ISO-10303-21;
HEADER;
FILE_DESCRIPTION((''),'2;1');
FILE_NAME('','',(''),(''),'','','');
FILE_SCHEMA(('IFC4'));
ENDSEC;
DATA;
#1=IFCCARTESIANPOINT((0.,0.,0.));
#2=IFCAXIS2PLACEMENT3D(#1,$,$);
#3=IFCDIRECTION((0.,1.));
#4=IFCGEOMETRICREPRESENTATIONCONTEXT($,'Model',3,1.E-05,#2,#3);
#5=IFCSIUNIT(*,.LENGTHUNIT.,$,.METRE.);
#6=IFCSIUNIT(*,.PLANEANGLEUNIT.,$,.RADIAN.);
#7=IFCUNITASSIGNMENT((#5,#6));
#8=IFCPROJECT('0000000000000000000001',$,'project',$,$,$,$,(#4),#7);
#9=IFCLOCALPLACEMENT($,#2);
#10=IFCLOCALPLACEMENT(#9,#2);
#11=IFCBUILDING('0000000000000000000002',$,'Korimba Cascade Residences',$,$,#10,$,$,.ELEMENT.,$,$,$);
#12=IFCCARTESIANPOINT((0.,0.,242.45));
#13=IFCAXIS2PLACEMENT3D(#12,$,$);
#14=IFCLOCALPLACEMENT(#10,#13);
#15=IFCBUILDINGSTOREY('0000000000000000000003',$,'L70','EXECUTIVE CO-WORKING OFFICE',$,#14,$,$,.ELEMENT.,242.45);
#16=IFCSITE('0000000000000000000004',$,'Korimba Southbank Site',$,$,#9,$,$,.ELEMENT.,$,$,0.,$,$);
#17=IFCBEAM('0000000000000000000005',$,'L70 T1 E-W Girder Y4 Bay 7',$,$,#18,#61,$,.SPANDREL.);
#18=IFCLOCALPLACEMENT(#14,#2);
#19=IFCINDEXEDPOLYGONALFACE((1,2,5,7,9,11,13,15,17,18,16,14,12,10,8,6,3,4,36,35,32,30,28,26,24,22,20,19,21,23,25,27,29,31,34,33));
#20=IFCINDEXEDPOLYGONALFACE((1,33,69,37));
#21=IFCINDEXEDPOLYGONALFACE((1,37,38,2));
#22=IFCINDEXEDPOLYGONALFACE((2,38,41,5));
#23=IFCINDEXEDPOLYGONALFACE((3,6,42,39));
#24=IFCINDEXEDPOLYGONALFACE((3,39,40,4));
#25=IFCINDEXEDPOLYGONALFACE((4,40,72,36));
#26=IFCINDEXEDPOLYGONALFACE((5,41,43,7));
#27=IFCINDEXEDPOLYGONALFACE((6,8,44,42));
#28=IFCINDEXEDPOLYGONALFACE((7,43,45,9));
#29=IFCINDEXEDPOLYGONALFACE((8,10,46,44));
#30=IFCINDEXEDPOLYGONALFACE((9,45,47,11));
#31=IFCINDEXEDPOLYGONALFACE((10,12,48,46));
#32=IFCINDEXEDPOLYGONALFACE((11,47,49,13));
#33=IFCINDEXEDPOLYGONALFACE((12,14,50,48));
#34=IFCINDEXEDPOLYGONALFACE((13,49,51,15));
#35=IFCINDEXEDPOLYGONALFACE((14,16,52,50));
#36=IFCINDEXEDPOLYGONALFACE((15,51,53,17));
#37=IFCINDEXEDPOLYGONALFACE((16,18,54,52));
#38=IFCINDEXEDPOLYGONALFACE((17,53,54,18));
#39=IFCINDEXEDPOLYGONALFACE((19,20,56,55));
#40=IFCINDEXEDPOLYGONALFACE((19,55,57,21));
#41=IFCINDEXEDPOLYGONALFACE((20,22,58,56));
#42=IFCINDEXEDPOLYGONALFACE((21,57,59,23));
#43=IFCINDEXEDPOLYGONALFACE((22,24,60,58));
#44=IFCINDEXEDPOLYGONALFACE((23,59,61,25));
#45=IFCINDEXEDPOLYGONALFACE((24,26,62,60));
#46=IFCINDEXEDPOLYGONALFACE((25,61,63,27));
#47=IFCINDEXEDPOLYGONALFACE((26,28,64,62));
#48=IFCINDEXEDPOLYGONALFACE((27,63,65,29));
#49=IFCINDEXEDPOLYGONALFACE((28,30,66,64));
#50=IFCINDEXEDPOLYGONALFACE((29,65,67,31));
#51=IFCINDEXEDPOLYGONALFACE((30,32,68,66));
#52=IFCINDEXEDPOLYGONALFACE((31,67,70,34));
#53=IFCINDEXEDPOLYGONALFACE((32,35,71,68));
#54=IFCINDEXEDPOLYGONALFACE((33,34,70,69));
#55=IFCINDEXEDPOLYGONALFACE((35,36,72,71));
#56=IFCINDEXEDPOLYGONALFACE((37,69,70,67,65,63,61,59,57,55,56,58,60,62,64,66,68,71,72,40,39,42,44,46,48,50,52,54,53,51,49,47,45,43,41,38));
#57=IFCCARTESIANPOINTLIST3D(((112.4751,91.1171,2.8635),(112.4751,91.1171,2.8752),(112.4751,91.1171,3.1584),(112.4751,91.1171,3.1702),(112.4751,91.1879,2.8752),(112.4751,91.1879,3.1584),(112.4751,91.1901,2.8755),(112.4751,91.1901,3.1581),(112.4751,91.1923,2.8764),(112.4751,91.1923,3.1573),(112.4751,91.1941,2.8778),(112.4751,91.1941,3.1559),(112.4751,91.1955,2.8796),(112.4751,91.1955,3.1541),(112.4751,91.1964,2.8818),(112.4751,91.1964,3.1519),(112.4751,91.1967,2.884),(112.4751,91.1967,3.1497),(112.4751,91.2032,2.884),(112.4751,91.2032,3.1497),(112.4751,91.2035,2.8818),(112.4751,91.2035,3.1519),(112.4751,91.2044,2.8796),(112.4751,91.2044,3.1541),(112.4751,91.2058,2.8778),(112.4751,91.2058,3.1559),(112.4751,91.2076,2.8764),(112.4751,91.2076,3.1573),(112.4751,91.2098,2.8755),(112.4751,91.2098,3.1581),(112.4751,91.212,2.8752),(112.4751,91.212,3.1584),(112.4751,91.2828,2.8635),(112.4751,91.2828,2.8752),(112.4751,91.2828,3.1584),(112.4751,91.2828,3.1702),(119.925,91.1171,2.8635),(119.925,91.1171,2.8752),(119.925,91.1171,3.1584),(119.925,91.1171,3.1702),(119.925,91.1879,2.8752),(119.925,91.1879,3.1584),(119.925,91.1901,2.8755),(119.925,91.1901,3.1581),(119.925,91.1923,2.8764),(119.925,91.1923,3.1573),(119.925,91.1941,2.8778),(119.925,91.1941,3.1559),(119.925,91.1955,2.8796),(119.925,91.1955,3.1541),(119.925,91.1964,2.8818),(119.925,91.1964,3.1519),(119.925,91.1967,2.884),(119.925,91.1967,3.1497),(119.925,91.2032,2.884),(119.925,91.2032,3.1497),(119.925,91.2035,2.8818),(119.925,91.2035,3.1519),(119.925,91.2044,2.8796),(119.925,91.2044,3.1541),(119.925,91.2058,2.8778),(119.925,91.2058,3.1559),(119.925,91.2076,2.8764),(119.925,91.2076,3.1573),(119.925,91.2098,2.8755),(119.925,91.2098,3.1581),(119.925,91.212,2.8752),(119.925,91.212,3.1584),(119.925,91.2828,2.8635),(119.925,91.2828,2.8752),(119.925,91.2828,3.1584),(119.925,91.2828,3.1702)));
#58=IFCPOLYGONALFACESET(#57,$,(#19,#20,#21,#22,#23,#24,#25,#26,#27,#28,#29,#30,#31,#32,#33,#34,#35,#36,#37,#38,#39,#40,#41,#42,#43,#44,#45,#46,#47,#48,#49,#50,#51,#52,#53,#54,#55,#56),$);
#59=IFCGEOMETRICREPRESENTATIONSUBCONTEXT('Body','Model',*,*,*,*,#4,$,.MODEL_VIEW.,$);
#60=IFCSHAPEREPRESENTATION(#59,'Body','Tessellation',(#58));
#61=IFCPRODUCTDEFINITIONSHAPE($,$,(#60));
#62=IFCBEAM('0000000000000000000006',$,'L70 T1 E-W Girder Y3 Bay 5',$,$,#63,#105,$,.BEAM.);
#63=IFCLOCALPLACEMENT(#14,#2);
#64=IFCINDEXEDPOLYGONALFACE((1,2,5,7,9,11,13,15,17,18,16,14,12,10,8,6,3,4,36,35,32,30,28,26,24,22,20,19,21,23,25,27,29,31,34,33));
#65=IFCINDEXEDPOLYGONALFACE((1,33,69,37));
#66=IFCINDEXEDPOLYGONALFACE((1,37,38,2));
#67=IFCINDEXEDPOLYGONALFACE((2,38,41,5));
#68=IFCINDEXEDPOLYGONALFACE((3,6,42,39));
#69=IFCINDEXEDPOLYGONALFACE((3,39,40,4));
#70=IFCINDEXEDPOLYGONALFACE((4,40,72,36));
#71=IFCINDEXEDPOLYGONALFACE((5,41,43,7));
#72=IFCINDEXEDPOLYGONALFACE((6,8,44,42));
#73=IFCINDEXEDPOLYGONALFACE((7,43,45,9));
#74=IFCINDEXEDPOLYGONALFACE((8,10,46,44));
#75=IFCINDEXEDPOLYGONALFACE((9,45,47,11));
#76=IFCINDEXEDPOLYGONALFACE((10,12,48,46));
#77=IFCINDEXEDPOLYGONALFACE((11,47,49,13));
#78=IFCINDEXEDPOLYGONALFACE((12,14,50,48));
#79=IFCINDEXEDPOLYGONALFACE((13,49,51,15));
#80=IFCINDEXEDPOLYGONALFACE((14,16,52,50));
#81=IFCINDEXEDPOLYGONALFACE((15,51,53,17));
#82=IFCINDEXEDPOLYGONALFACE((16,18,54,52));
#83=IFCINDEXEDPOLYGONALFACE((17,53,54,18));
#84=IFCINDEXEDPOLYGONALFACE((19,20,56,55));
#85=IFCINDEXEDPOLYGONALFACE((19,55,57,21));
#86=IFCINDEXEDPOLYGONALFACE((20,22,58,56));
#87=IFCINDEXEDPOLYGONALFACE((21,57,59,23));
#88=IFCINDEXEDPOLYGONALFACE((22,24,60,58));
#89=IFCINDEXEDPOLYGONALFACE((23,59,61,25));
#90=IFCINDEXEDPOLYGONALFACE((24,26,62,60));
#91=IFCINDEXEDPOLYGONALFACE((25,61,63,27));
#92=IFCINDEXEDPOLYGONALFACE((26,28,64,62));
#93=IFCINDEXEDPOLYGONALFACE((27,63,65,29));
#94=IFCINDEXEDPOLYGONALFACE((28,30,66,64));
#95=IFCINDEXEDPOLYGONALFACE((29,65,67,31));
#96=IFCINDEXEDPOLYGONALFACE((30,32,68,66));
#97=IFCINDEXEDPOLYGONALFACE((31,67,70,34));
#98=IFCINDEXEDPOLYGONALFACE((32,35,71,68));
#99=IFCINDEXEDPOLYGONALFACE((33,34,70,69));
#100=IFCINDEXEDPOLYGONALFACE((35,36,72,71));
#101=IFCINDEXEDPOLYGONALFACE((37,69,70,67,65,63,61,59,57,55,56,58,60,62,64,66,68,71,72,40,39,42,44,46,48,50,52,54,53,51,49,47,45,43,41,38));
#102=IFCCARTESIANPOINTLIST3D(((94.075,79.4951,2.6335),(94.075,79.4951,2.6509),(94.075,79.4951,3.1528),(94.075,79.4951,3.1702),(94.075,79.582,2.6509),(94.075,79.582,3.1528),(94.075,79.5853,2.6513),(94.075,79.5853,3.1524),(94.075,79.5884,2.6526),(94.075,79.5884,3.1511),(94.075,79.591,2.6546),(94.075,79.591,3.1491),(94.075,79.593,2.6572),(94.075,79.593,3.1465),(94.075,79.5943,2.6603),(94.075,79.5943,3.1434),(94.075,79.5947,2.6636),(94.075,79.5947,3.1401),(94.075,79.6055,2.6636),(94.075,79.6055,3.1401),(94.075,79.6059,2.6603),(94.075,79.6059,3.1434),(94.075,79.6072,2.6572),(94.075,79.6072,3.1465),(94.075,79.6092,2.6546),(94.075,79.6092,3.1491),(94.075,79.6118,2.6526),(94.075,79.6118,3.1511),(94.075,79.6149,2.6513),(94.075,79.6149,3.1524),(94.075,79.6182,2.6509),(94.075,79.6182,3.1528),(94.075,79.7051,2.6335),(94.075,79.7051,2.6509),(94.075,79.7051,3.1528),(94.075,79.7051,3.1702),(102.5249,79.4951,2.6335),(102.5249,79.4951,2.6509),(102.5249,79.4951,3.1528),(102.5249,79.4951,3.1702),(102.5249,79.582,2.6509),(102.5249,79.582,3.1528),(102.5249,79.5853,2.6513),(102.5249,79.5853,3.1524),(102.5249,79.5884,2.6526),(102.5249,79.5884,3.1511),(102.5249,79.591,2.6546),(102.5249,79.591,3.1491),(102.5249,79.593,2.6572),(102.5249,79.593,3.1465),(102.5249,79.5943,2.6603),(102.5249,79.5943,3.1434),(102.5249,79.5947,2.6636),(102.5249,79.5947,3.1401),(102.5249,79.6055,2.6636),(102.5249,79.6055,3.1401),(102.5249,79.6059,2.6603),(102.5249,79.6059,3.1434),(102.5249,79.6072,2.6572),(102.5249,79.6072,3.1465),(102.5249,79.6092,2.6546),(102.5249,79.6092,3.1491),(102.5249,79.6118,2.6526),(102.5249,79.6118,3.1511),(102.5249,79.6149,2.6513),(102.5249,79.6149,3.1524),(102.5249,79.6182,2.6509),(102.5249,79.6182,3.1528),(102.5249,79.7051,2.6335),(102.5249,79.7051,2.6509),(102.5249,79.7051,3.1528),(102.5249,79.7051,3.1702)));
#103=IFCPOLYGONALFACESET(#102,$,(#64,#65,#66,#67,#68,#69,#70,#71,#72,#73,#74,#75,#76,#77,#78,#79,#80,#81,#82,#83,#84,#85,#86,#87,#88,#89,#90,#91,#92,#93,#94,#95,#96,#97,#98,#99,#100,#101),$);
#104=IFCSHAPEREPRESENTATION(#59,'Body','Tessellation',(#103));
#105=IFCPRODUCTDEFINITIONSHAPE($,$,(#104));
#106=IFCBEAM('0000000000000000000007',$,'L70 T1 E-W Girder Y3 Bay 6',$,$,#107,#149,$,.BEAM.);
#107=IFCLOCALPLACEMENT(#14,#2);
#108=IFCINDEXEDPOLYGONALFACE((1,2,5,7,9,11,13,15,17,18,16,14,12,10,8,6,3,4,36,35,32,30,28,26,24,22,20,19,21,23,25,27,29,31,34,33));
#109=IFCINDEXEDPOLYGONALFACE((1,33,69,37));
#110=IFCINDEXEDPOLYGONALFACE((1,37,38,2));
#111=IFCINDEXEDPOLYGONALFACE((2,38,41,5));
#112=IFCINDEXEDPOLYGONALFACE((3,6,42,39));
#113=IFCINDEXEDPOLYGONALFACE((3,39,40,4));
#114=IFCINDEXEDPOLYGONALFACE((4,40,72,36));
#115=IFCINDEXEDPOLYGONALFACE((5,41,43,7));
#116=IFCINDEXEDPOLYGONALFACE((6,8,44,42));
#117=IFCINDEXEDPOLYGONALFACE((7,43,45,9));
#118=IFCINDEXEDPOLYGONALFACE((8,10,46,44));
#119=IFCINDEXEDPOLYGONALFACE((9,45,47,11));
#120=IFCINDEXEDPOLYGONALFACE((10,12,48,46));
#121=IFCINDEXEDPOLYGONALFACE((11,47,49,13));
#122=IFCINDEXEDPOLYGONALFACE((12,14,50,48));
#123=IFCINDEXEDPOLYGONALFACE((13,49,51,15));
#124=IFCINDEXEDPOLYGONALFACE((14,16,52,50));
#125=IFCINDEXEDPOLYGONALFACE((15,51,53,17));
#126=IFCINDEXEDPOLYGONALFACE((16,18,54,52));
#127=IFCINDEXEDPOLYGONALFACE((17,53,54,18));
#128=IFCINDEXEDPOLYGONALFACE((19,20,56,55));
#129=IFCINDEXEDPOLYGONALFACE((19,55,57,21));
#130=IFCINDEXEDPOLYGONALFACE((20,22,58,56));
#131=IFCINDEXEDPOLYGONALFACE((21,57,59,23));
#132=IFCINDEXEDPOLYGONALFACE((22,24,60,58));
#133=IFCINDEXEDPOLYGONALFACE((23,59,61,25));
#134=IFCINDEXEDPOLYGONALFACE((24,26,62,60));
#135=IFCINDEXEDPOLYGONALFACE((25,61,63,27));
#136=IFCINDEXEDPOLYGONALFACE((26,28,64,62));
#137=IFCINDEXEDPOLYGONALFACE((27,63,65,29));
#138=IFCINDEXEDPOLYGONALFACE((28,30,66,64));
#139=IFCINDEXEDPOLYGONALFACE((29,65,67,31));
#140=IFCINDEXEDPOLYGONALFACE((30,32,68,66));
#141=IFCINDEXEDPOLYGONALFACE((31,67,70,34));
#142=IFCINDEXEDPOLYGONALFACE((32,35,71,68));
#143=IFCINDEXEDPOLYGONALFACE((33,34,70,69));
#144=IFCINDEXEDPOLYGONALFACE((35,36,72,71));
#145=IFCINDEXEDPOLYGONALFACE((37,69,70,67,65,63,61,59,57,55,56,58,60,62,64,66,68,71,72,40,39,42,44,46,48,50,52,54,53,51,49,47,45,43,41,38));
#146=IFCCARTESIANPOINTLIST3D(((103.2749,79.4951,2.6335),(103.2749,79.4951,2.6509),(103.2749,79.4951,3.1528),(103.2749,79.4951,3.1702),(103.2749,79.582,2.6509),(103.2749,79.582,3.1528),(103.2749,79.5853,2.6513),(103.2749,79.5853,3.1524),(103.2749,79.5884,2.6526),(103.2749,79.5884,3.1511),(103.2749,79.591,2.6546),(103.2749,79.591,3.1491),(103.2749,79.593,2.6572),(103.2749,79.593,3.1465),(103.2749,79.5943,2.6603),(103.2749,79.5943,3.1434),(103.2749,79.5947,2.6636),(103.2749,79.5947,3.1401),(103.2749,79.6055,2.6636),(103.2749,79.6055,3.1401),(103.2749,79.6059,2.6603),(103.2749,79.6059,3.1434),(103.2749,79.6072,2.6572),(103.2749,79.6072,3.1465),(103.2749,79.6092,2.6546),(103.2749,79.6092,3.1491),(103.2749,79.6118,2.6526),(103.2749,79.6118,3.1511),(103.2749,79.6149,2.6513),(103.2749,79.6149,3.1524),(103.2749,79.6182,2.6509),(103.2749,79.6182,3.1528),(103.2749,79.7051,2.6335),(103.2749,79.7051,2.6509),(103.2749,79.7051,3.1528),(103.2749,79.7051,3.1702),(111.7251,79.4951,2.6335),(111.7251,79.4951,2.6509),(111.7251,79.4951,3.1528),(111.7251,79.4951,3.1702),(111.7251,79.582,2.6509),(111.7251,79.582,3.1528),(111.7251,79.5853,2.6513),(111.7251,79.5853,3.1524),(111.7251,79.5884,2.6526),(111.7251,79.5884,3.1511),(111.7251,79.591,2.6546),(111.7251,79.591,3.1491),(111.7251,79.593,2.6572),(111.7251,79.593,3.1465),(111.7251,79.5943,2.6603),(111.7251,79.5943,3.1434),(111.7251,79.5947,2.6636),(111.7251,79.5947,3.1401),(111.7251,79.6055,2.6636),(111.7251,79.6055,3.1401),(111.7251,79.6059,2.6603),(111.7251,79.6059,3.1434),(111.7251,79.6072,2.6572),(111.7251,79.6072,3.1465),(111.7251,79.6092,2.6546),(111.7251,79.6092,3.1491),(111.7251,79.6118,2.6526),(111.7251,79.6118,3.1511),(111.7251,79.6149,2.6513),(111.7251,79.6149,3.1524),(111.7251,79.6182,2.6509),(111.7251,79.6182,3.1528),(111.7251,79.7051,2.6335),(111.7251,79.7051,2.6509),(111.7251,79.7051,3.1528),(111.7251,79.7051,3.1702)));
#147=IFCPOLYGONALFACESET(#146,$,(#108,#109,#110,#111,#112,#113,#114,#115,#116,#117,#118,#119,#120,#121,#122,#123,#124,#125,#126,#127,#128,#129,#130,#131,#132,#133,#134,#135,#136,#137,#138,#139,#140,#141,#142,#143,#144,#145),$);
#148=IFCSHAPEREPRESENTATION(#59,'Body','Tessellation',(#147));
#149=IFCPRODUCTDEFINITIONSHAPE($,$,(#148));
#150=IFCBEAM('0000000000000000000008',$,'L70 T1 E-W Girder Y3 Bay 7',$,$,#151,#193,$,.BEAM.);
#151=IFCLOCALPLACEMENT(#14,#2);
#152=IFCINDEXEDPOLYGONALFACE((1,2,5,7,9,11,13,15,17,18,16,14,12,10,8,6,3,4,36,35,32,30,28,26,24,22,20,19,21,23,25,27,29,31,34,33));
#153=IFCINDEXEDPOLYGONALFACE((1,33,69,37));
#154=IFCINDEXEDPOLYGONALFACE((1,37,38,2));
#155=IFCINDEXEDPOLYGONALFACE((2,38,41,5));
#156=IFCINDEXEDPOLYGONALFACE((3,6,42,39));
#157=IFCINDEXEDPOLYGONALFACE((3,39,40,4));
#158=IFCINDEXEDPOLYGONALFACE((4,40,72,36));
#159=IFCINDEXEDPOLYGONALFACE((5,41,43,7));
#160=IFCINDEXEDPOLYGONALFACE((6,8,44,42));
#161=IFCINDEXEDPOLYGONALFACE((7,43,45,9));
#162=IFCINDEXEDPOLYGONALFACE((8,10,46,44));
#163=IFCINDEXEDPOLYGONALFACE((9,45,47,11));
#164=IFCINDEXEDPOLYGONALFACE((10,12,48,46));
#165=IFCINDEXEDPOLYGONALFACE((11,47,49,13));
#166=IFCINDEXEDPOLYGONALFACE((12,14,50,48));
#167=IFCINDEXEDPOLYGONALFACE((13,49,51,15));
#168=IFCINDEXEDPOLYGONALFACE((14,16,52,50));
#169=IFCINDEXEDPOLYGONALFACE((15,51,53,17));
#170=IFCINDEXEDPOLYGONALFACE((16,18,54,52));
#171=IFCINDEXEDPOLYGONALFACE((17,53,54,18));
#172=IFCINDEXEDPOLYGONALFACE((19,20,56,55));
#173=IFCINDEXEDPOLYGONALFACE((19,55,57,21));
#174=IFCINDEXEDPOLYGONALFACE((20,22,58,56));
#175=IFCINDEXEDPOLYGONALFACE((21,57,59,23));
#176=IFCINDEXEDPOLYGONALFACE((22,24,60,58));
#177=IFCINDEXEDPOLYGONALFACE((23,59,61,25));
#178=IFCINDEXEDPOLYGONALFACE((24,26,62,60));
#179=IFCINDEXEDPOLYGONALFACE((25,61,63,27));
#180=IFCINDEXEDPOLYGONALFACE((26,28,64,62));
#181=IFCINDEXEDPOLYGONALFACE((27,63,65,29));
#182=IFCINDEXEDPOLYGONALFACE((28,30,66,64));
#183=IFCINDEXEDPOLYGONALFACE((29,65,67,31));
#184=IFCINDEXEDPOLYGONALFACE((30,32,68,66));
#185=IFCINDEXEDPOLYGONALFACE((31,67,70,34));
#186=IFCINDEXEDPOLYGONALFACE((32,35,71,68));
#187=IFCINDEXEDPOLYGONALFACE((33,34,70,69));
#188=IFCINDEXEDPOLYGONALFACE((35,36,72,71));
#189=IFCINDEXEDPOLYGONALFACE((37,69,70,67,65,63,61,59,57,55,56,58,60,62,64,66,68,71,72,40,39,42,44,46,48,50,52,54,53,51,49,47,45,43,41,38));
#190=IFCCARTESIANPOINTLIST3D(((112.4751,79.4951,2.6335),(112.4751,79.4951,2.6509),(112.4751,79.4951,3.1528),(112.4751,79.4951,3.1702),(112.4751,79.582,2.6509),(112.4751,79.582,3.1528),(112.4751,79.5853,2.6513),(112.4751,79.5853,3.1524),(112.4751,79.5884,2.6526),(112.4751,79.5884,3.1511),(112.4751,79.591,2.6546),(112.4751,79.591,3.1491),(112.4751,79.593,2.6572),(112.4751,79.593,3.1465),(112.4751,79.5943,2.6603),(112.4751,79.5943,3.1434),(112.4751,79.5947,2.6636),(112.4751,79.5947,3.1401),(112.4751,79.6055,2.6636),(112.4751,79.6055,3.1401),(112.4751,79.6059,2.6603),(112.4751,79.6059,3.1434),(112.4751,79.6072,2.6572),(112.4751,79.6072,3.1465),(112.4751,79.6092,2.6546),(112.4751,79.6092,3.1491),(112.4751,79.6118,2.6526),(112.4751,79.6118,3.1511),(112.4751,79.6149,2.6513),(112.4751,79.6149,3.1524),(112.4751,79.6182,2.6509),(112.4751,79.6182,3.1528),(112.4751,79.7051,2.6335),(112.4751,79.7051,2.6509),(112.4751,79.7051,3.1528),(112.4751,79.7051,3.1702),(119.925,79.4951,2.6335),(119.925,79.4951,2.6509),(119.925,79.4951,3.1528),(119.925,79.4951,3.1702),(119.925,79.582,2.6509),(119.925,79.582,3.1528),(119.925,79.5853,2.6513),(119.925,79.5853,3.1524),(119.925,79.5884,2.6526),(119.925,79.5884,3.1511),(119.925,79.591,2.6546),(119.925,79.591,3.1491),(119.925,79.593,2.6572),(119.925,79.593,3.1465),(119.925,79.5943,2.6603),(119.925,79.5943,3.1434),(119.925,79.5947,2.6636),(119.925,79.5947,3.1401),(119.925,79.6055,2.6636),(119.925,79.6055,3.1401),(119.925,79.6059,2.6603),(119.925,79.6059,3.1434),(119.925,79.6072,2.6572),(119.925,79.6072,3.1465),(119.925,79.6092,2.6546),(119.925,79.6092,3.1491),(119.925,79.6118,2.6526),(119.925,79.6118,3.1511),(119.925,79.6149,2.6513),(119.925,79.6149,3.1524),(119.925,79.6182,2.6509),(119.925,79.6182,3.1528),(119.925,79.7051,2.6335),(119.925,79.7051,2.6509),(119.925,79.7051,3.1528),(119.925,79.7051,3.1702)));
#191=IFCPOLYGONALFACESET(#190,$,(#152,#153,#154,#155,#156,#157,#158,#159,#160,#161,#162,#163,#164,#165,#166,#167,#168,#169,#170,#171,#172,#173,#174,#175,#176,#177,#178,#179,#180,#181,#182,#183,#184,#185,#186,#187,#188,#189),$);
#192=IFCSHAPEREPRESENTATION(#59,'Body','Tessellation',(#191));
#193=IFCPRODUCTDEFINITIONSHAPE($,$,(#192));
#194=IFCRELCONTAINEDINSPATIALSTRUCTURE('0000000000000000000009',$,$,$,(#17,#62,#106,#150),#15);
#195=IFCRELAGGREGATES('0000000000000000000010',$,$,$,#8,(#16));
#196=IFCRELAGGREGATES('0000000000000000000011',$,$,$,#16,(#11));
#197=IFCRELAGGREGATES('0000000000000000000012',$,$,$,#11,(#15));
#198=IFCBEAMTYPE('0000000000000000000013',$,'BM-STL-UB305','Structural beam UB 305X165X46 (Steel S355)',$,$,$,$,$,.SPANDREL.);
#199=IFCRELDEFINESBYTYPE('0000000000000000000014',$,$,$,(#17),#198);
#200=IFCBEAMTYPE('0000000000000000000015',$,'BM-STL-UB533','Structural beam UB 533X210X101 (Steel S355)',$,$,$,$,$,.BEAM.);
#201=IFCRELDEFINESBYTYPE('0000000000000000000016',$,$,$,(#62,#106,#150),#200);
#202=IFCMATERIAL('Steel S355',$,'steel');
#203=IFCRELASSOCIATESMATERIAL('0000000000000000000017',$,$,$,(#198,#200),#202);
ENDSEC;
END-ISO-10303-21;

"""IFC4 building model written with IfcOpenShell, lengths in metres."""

from ifc_helpers import new_model, si_unit, direction, frame, origin, origin_2d, place, context, subcontext, project, spatial, i_section, extrude, material, material_profile, profile_set, type_object, element, save


model = new_model("IFC4")

# Units and contexts
model_context = context("Model", 3, precision=1e-05, world=origin(), true_north=direction((0.0, 1.0)))
body_context = subcontext(model_context, "Body", "Model", "MODEL_VIEW")
ifc_project = project(units=[si_unit("LENGTHUNIT", "METRE"), si_unit("PLANEANGLEUNIT", "RADIAN")], contexts=[model_context])

# Site, building, storey
site_placement = place(None, origin())
site = spatial("IfcSite", under=ifc_project, at=site_placement, Name="Korimba Southbank Site", CompositionType="ELEMENT", RefElevation=0.0)
building_placement = place(site_placement, origin())
building = spatial("IfcBuilding", under=site, at=building_placement, Name="Korimba Cascade Residences", CompositionType="ELEMENT")
storey_placement = place(building_placement, frame((0.0, 0.0, 242.45)))
storey = spatial("IfcBuildingStorey", under=building, at=storey_placement, Name="L70", Description="EXECUTIVE CO-WORKING OFFICE", CompositionType="ELEMENT", Elevation=242.45)

# Beams
ifc_material_1 = material(Name="Steel S355", Category="steel")
ifc_material_profile_1 = material_profile(ifc_material_1, i_section(OverallWidth=0.1658, OverallDepth=0.3066, WebThickness=0.0066, FlangeThickness=0.0117, FilletRadius=0.0088, at=origin_2d()), Name="Steel S355")
ifc_profile_set_1 = profile_set([ifc_material_profile_1], Name="Steel S355")
beam_type_1 = type_object("IfcBeamType", Name="BM-STL-UB305", Description="Structural beam UB 305X165X46 (Steel S355)", PredefinedType="SPANDREL", material=ifc_profile_set_1)
beam_1_placement = place(storey_placement, frame((112.4751, 91.2, 3.0168), z_axis=(1.0, 0.0, 0.0), x_axis=(0.0, 1.0, 0.0)))
element("IfcBeam", 1, at=beam_1_placement, inside=storey, type_object=beam_type_1, Name="L70 T1 E-W Girder Y4 Bay 7", PredefinedType="SPANDREL", context=body_context, shape_type="SweptSolid", body=[
    extrude(i_section(OverallWidth=0.1658, OverallDepth=0.3066, WebThickness=0.0066, FlangeThickness=0.0117, FilletRadius=0.0088, at=origin_2d()), origin(), (0.0, 0.0, 1.0), 7.45),
])
ifc_material_profile_2 = material_profile(ifc_material_1, i_section(OverallWidth=0.21, OverallDepth=0.5366, WebThickness=0.0107, FlangeThickness=0.0173, FilletRadius=0.0127, at=origin_2d()), Name="Steel S355")
ifc_profile_set_2 = profile_set([ifc_material_profile_2], Name="Steel S355")
beam_type_2 = type_object("IfcBeamType", Name="BM-STL-UB533", Description="Structural beam UB 533X210X101 (Steel S355)", PredefinedType="BEAM", material=ifc_profile_set_2)
beam_2_placement = place(storey_placement, frame((94.075, 79.6001, 2.9019), z_axis=(1.0, 0.0, 0.0), x_axis=(0.0, 1.0, 0.0)))
element("IfcBeam", 2, at=beam_2_placement, inside=storey, type_object=beam_type_2, Name="L70 T1 E-W Girder Y3 Bay 5", PredefinedType="BEAM", context=body_context, shape_type="SweptSolid", body=[
    extrude(i_section(OverallWidth=0.21, OverallDepth=0.5366, WebThickness=0.0107, FlangeThickness=0.0173, FilletRadius=0.0127, at=origin_2d()), origin(), (0.0, 0.0, 1.0), 8.45),
])
beam_3_placement = place(storey_placement, frame((103.2749, 79.6001, 2.9019), z_axis=(1.0, 0.0, 0.0), x_axis=(0.0, 1.0, 0.0)))
element("IfcBeam", 3, at=beam_3_placement, inside=storey, type_object=beam_type_2, Name="L70 T1 E-W Girder Y3 Bay 6", PredefinedType="BEAM", context=body_context, shape_type="SweptSolid", body=[
    extrude(i_section(OverallWidth=0.21, OverallDepth=0.5366, WebThickness=0.0107, FlangeThickness=0.0173, FilletRadius=0.0127, at=origin_2d()), origin(), (0.0, 0.0, 1.0), 8.4502),
])
beam_4_placement = place(storey_placement, frame((112.4751, 79.6001, 2.9019), z_axis=(1.0, 0.0, 0.0), x_axis=(0.0, 1.0, 0.0)))
element("IfcBeam", 4, at=beam_4_placement, inside=storey, type_object=beam_type_2, Name="L70 T1 E-W Girder Y3 Bay 7", PredefinedType="BEAM", context=body_context, shape_type="SweptSolid", body=[
    extrude(i_section(OverallWidth=0.21, OverallDepth=0.5366, WebThickness=0.0107, FlangeThickness=0.0173, FilletRadius=0.0127, at=origin_2d()), origin(), (0.0, 0.0, 1.0), 7.45),
])

save(model, "model.ifc")
